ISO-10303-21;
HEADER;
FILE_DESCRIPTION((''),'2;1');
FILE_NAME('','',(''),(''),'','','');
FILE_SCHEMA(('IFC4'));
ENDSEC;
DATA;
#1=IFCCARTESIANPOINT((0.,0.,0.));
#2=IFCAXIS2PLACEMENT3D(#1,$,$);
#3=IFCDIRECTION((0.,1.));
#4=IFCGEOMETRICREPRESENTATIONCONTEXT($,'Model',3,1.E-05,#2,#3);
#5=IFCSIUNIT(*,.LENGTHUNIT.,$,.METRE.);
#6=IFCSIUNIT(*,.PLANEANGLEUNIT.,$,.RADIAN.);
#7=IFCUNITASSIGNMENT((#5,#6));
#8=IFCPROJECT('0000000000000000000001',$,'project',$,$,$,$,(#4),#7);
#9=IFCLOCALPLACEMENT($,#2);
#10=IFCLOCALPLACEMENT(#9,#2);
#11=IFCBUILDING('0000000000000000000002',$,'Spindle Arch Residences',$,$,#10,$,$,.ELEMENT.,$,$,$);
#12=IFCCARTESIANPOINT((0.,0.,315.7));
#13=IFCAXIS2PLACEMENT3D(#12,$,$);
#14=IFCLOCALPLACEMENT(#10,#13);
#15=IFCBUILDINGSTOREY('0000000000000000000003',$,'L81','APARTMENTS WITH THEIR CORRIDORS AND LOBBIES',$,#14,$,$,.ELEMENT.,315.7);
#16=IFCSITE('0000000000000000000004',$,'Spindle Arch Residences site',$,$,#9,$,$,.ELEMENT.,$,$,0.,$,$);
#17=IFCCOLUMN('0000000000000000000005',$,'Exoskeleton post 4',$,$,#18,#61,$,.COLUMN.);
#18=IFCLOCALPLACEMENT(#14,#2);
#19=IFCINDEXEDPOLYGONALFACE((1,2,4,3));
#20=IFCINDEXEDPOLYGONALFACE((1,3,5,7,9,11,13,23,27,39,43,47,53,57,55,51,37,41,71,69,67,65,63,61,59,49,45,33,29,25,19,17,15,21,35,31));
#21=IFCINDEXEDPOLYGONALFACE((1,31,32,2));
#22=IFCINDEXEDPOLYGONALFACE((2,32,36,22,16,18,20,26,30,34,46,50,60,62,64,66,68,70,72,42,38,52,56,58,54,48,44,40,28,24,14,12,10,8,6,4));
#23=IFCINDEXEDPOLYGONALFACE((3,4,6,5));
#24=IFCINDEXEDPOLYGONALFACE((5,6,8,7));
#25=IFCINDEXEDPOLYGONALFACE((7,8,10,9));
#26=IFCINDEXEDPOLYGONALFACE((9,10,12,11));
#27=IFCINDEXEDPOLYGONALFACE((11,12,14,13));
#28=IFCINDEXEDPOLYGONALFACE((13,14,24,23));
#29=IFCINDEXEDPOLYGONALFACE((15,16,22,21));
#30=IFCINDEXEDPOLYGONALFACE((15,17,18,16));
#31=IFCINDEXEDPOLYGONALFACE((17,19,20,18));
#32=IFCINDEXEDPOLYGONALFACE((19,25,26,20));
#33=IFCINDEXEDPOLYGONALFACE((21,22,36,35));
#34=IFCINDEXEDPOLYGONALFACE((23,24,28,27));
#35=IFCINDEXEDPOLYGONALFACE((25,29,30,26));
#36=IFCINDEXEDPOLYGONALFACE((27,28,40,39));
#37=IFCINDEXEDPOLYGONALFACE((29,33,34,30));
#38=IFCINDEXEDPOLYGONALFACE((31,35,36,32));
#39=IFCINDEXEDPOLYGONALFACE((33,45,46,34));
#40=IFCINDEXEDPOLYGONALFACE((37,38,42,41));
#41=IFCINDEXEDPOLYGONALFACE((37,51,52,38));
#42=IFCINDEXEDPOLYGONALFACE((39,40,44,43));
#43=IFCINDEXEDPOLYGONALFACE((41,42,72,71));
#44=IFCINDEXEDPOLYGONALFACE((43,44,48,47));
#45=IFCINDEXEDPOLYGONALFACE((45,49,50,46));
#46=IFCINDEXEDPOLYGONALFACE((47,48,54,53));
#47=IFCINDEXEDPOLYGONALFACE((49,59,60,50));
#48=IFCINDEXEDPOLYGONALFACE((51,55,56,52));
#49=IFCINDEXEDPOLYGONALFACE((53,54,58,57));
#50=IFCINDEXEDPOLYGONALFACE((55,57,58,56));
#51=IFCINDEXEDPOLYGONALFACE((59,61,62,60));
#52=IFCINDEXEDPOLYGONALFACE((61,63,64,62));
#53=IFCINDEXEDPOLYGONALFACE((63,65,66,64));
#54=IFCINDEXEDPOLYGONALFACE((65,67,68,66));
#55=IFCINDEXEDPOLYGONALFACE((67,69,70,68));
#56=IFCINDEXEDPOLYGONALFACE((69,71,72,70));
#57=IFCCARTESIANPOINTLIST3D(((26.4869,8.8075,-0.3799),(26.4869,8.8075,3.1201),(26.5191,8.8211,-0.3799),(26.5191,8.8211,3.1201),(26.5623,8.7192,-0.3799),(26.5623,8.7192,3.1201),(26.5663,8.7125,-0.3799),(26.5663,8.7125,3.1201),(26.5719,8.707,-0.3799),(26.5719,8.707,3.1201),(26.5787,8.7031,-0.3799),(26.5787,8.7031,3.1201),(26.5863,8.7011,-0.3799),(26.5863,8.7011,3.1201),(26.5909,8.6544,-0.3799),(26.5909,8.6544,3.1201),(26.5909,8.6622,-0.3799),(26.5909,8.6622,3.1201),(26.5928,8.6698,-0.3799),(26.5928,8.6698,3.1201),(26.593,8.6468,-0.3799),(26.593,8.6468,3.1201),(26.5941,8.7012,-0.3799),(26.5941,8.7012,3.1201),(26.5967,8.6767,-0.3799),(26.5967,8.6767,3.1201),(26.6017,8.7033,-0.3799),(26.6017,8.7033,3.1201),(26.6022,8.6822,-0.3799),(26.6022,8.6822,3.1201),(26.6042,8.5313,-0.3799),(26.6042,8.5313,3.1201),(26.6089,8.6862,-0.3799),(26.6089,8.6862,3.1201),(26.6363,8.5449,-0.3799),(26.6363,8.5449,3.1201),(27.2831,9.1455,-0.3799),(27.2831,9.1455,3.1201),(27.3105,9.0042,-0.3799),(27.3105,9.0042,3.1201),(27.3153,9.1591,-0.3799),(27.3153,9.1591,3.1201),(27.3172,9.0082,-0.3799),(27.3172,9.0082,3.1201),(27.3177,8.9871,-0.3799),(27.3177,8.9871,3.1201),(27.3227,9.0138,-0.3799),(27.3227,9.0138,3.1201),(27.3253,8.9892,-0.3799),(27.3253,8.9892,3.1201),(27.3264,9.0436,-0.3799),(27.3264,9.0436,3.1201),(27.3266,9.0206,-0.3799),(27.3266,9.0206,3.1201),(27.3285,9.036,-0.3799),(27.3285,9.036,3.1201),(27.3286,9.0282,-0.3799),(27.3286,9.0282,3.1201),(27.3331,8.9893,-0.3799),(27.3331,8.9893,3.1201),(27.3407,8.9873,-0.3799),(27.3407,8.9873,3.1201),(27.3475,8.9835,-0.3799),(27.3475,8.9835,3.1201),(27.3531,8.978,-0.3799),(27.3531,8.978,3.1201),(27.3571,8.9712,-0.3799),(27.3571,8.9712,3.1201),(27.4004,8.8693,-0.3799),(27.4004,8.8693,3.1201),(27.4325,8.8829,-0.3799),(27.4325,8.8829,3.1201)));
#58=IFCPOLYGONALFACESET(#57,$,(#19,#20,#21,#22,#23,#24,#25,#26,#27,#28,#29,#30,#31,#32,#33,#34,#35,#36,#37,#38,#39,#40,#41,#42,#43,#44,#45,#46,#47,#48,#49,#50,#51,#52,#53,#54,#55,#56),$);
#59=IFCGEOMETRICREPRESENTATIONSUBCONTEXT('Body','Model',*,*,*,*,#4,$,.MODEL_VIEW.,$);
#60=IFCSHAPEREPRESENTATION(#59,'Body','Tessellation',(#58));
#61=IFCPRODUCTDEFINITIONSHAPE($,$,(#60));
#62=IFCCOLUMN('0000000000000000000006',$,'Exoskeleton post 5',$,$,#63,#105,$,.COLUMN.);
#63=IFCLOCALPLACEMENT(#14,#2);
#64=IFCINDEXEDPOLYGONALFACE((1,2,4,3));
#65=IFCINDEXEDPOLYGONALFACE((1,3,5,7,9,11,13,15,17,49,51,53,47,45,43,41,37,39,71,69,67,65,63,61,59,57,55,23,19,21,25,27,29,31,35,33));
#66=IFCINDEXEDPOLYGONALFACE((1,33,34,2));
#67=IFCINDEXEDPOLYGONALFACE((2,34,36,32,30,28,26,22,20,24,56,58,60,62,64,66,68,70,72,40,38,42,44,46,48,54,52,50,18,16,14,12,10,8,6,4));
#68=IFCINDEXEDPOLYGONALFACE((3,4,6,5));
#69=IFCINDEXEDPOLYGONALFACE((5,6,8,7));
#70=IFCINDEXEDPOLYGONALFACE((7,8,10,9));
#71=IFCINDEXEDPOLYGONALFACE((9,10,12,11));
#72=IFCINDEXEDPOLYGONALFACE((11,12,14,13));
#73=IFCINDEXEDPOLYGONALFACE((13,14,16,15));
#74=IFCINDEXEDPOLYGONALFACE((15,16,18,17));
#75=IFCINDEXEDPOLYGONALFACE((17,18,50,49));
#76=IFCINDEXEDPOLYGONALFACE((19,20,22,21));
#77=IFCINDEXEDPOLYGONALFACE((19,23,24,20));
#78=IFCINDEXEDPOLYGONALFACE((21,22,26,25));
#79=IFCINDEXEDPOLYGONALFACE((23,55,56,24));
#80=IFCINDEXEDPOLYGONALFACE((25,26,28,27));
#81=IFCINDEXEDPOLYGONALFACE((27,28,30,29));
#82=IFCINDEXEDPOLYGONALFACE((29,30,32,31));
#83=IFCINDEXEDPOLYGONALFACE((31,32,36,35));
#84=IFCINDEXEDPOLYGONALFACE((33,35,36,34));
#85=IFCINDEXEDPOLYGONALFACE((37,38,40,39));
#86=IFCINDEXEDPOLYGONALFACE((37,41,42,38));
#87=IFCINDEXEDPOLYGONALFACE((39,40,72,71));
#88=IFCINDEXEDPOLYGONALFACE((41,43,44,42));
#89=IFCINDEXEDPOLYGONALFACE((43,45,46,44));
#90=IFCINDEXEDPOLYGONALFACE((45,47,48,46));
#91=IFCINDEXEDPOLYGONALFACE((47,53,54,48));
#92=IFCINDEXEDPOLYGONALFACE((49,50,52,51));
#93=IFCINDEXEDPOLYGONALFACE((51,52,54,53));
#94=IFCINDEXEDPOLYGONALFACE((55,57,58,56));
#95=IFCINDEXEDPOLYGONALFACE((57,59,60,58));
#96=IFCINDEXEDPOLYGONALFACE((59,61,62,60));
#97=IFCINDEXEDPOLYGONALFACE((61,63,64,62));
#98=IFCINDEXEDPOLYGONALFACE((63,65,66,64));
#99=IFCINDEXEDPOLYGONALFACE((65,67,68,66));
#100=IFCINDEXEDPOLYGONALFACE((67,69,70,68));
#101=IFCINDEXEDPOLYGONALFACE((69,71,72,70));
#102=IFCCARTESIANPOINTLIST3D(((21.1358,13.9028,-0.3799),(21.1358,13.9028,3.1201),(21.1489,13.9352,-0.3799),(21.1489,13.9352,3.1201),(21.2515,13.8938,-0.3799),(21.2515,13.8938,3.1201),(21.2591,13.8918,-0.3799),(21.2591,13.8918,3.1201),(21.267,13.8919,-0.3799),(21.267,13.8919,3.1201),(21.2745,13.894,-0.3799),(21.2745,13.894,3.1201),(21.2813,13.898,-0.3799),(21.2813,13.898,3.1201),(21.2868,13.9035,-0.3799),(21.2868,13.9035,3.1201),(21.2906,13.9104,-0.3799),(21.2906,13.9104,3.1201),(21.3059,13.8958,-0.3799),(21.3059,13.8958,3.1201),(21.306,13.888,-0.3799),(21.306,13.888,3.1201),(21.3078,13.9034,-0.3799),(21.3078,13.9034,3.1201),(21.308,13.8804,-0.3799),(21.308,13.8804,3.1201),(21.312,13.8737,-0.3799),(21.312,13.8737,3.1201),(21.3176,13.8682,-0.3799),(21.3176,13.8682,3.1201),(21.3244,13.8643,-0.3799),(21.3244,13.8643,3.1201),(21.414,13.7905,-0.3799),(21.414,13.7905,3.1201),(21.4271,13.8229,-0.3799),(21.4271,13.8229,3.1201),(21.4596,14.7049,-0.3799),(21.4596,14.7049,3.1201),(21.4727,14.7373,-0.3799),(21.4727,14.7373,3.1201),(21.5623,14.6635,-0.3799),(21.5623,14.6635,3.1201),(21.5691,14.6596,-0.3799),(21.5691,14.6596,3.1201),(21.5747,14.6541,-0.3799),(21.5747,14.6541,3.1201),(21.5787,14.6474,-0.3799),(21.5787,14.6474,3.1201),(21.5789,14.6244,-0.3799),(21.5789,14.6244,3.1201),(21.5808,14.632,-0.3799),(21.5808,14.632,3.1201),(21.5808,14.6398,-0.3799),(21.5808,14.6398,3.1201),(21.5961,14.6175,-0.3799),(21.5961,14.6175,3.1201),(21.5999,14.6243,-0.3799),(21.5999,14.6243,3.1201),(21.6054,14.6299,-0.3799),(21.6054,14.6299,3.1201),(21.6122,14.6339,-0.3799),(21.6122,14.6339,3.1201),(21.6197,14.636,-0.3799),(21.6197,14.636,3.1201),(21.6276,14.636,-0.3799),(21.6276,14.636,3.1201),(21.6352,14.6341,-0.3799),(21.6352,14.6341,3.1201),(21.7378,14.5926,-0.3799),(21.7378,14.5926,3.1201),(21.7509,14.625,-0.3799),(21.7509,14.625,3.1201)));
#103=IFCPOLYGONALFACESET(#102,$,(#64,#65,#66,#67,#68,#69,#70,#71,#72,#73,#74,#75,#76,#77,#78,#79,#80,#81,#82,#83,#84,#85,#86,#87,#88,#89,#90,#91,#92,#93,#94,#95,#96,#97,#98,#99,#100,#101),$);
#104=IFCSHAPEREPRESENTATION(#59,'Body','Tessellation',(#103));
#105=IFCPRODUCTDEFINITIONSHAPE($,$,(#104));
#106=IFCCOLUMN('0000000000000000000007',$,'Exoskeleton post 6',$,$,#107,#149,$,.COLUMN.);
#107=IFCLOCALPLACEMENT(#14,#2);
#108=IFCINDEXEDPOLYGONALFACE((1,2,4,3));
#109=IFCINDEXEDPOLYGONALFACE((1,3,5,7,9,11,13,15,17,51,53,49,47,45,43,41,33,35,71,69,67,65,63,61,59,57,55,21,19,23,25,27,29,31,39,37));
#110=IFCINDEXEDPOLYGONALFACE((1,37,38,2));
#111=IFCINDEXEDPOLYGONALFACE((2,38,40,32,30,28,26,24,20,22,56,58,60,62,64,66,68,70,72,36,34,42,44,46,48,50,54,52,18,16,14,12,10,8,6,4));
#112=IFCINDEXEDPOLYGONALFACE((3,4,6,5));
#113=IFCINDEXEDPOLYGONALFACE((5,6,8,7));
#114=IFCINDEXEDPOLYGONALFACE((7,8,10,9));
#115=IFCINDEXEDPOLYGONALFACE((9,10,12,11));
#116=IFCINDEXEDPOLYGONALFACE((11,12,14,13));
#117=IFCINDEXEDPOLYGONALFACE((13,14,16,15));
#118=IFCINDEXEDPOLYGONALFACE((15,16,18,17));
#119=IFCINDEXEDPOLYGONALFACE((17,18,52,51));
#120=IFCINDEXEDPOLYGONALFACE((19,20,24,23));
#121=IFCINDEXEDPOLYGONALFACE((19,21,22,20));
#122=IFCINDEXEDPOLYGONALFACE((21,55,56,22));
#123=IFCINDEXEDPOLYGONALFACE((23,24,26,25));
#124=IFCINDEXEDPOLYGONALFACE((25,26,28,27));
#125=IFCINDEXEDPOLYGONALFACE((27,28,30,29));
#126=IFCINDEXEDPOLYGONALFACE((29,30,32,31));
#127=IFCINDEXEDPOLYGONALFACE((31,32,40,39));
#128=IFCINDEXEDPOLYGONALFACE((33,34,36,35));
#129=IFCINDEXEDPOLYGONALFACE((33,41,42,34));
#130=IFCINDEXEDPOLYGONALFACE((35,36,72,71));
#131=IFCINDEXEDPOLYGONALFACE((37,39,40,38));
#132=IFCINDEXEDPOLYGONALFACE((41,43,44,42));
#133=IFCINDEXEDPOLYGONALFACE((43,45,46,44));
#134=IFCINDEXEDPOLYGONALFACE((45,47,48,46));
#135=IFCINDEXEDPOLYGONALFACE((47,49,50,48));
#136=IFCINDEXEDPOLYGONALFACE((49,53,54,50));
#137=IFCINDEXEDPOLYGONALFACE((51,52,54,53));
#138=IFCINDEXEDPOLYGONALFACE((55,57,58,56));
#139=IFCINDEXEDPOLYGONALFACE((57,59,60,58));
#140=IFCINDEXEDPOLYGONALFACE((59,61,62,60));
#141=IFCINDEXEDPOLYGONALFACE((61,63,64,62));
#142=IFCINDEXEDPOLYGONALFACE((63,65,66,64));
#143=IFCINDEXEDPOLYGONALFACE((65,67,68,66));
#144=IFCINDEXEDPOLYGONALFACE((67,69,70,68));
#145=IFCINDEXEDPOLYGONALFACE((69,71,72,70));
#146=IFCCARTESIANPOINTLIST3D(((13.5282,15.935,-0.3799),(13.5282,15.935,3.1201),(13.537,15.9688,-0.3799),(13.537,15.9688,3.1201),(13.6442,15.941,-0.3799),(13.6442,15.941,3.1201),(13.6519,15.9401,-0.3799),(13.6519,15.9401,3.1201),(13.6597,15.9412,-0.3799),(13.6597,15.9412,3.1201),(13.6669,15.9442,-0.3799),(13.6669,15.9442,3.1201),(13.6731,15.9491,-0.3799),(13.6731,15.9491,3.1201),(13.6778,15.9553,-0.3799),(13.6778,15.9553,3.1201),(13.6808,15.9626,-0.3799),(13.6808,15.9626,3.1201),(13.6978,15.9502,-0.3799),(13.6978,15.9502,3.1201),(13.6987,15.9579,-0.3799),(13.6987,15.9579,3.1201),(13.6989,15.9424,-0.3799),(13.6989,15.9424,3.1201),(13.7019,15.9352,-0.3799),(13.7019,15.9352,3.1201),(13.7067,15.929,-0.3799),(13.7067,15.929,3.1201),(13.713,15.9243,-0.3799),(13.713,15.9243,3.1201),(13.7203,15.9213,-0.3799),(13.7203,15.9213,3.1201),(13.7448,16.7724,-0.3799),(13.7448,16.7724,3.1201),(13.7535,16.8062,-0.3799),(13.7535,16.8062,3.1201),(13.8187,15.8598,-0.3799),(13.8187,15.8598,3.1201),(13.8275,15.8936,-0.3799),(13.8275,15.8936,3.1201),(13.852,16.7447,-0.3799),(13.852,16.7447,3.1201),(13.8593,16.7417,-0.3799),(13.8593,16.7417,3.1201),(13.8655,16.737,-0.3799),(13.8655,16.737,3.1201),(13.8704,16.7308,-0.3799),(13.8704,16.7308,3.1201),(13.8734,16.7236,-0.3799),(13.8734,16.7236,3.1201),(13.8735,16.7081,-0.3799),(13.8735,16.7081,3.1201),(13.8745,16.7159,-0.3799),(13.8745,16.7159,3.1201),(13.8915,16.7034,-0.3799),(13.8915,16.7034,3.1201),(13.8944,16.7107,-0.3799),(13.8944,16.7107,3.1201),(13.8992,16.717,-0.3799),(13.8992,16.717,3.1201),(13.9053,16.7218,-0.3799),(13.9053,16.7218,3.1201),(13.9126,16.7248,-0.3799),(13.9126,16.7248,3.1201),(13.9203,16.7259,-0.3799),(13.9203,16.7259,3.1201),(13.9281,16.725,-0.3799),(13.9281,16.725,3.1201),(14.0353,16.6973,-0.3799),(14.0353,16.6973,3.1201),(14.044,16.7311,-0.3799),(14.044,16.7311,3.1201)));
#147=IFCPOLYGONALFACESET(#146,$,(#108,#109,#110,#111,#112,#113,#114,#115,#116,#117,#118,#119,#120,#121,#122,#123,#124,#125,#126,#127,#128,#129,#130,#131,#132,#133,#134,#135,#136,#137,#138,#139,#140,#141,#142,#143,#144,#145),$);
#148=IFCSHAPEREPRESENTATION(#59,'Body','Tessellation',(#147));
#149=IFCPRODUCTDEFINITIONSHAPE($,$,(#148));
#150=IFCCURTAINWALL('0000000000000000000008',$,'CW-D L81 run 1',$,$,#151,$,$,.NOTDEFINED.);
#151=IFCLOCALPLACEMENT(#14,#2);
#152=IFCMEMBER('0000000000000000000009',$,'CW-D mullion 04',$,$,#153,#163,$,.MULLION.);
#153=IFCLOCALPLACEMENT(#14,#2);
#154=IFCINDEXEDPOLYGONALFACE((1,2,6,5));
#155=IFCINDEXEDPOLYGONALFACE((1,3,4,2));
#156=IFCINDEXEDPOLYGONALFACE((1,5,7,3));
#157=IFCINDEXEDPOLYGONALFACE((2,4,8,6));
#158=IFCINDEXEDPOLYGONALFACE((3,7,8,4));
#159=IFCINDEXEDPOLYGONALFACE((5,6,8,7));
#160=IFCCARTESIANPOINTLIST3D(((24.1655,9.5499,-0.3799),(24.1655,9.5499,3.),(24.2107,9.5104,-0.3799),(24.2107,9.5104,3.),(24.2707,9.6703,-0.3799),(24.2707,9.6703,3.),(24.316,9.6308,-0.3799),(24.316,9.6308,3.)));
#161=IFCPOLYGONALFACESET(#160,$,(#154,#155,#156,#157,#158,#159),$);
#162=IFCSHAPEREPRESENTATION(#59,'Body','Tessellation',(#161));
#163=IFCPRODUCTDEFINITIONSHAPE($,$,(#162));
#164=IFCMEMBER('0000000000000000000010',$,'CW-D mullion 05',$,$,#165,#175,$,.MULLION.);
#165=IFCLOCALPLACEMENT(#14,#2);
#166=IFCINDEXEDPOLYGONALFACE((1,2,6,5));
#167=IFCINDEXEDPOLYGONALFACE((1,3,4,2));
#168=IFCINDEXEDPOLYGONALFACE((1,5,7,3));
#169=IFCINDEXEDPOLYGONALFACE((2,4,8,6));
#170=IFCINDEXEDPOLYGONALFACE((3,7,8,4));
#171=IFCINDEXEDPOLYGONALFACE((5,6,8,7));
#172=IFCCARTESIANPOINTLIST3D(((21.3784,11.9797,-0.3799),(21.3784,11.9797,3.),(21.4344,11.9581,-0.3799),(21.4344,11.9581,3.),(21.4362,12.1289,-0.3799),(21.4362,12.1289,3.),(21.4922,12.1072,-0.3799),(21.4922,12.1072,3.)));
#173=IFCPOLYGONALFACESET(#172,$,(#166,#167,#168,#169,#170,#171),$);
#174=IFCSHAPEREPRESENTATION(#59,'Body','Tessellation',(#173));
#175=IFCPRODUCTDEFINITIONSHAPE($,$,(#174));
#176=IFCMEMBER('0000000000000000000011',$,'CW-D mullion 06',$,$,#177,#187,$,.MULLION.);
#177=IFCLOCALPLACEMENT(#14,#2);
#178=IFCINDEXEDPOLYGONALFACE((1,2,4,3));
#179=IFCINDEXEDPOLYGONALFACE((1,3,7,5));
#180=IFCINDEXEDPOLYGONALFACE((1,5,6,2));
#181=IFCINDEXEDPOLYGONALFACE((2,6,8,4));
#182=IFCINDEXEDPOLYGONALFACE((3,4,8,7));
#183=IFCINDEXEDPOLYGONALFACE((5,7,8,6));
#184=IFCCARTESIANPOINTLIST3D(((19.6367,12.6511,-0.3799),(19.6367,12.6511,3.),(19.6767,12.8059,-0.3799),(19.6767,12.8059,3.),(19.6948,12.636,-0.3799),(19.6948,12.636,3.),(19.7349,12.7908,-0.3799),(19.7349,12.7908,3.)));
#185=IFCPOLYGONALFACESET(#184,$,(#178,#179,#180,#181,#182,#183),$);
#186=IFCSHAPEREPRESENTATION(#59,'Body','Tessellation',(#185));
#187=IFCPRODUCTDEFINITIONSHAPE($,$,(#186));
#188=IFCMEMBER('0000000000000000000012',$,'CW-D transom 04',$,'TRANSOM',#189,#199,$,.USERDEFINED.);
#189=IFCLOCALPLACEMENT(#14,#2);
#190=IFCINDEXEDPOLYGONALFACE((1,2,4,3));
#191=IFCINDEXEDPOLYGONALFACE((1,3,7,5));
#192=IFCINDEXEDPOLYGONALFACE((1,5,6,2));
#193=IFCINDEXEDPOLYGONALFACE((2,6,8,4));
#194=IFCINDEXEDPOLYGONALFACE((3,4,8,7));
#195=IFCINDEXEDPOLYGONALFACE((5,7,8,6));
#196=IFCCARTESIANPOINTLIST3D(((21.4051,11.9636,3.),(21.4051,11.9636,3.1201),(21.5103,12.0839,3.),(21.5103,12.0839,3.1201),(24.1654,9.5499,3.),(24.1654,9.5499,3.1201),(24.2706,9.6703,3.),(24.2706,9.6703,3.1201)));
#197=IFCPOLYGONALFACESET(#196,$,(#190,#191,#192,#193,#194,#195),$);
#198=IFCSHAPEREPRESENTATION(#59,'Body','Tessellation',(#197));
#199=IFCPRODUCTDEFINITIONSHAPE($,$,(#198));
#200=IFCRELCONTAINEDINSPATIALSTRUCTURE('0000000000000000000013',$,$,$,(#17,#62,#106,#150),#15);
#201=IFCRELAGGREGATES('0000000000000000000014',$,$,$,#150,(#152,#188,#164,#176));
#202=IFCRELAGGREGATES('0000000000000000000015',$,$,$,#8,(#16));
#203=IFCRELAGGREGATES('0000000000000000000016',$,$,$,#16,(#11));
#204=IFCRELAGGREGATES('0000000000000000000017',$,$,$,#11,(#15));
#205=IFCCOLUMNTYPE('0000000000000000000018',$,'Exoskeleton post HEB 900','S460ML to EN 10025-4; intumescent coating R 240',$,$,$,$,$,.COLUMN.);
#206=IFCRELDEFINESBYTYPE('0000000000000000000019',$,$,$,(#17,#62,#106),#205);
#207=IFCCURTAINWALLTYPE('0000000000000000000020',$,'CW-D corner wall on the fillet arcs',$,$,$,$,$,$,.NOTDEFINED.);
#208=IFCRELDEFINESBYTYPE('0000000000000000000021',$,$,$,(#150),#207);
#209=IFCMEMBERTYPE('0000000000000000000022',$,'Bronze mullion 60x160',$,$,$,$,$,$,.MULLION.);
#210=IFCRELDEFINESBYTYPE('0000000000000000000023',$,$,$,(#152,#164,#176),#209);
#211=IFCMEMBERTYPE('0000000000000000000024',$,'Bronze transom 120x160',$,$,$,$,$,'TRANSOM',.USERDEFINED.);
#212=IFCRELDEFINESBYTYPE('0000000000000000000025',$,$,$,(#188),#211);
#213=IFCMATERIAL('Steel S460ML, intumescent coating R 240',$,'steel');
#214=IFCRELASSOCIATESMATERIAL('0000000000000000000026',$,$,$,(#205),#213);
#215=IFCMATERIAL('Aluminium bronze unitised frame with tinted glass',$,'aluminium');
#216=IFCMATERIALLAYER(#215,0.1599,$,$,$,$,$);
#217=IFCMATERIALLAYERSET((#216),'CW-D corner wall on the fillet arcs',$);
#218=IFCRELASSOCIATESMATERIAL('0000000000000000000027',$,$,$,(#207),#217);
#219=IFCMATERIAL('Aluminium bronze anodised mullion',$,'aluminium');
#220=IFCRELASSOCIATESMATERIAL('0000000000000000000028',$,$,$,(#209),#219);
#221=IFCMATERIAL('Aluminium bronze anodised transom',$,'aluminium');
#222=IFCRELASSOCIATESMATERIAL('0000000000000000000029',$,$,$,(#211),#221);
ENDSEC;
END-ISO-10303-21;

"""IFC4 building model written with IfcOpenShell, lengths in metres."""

from ifc_helpers import new_model, si_unit, direction, frame, origin, origin_2d, place, context, subcontext, project, spatial, rectangle, i_section, extrude, material, layer, layer_set, material_profile, profile_set, type_object, element, aggregate, save


model = new_model("IFC4")

# Units and contexts
model_context = context("Model", 3, precision=1e-05, world=origin(), true_north=direction((0.0, 1.0)))
body_context = subcontext(model_context, "Body", "Model", "MODEL_VIEW")
ifc_project = project(units=[si_unit("LENGTHUNIT", "METRE"), si_unit("PLANEANGLEUNIT", "RADIAN")], contexts=[model_context])

# Site, building, storey
site_placement = place(None, origin())
site = spatial("IfcSite", under=ifc_project, at=site_placement, Name="Spindle Arch Residences site", CompositionType="ELEMENT", RefElevation=0.0)
building_placement = place(site_placement, origin())
building = spatial("IfcBuilding", under=site, at=building_placement, Name="Spindle Arch Residences", CompositionType="ELEMENT")
storey_placement = place(building_placement, frame((0.0, 0.0, 315.7)))
storey = spatial("IfcBuildingStorey", under=building, at=storey_placement, Name="L81", Description="APARTMENTS WITH THEIR CORRIDORS AND LOBBIES", CompositionType="ELEMENT", Elevation=315.7)

# Columns
ifc_material_1 = material(Name="Steel S460ML, intumescent coating R 240", Category="steel")
ifc_material_profile_1 = material_profile(ifc_material_1, i_section(OverallWidth=0.3, OverallDepth=0.8999, WebThickness=0.0186, FlangeThickness=0.0349, FilletRadius=0.03, at=origin_2d()), Name="HEB 900")
ifc_profile_set_1 = profile_set([ifc_material_profile_1], Name="Steel S460ML, intumescent coating R 240")
column_type = type_object("IfcColumnType", Name="Exoskeleton post HEB 900", Description="S460ML to EN 10025-4; intumescent coating R 240", PredefinedType="COLUMN", material=ifc_profile_set_1)
for number, where, z_axis, x_axis, name in (
    (1, (26.9597, 8.8452, -0.3799), (0.0, 0.0, 1.0), (0.39077, -0.920488, 0.0), "Exoskeleton post 4"),
    (2, (21.4434, 14.2639, -0.3799), (0.0, 0.0, 1.0), (0.927295, -0.374332, 0.0), "Exoskeleton post 5"),
    (3, (13.7861, 16.333, -0.3799), (0.0, 0.0, 1.0), (0.968148, -0.25038, 0.0), "Exoskeleton post 6"),
):
    element("IfcColumn", number, at=place(storey_placement, frame(where, z_axis=z_axis, x_axis=x_axis)), inside=storey, type_object=column_type, Name=name, PredefinedType="COLUMN", context=body_context, shape_type="SweptSolid", body=[
        extrude(i_section(OverallWidth=0.3, OverallDepth=0.8999, WebThickness=0.0186, FlangeThickness=0.0349, FilletRadius=0.03, at=origin_2d()), origin(), (0.0, 0.0, 1.0), 3.5),
    ])

# Curtain wall, members
ifc_material_2 = material(Name="Aluminium bronze unitised frame with tinted glass", Category="aluminium")
ifc_layer_1 = layer(ifc_material_2, 0.1599)
ifc_layer_set_1 = layer_set([ifc_layer_1], Name="CW-D corner wall on the fillet arcs")
curtain_wall_type = type_object("IfcCurtainWallType", Name="CW-D corner wall on the fillet arcs", PredefinedType="NOTDEFINED", material=ifc_layer_set_1)
curtain_wall_placement = place(storey_placement, origin())
curtain_wall = element("IfcCurtainWall", 4, at=curtain_wall_placement, inside=storey, type_object=curtain_wall_type, Name="CW-D L81 run 1", PredefinedType="NOTDEFINED")
ifc_material_3 = material(Name="Aluminium bronze anodised mullion", Category="aluminium")
ifc_material_profile_2 = material_profile(ifc_material_3, rectangle(XDim=0.1599, YDim=0.0601, at=origin_2d()), Name="MU 60x160")
ifc_profile_set_2 = profile_set([ifc_material_profile_2], Name="Aluminium bronze anodised mullion")
member_type_1 = type_object("IfcMemberType", Name="Bronze mullion 60x160", PredefinedType="MULLION", material=ifc_profile_set_2)
member_1_placement = place(storey_placement, frame((24.2407, 9.5903, -0.3799), z_axis=(0.0, 0.0, 1.0), x_axis=(-0.658252, -0.752798, 0.0)))
member_1 = element("IfcMember", 5, at=member_1_placement, type_object=member_type_1, Name="CW-D mullion 04", PredefinedType="MULLION", context=body_context, shape_type="SweptSolid", body=[
    extrude(rectangle(XDim=0.1599, YDim=0.0601, at=origin_2d()), origin(), (0.0, 0.0, 1.0), 3.3799),
])
member_2_placement = place(storey_placement, frame((21.4353, 12.0435, -0.3799), z_axis=(0.0, 0.0, 1.0), x_axis=(-0.361082, -0.932534, 0.0)))
member_2 = element("IfcMember", 6, at=member_2_placement, type_object=member_type_1, Name="CW-D mullion 05", PredefinedType="MULLION", context=body_context, shape_type="SweptSolid", body=[
    extrude(rectangle(XDim=0.1599, YDim=0.0601, at=origin_2d()), origin(), (0.0, 0.0, 1.0), 3.3799),
])
member_3_placement = place(storey_placement, frame((19.6858, 12.7209, -0.3799), z_axis=(0.0, 0.0, 1.0), x_axis=(-0.25038, -0.968148, 0.0)))
member_3 = element("IfcMember", 7, at=member_3_placement, type_object=member_type_1, Name="CW-D mullion 06", PredefinedType="MULLION", context=body_context, shape_type="SweptSolid", body=[
    extrude(rectangle(XDim=0.1599, YDim=0.0601, at=origin_2d()), origin(), (0.0, 0.0, 1.0), 3.3799),
])
ifc_material_4 = material(Name="Aluminium bronze anodised transom", Category="aluminium")
ifc_material_profile_3 = material_profile(ifc_material_4, rectangle(XDim=0.1599, YDim=0.1201, at=origin_2d()), Name="TR 120x160")
ifc_profile_set_3 = profile_set([ifc_material_profile_3], Name="Aluminium bronze anodised transom")
member_type_2 = type_object("IfcMemberType", Name="Bronze transom 120x160", ElementType="TRANSOM", PredefinedType="USERDEFINED", material=ifc_profile_set_3)
member_4_placement = place(storey_placement, frame((24.218, 9.6101, 3.0601), z_axis=(-0.752799, 0.65825, 0.0), x_axis=(-0.65825, -0.752799, 0.0)))
member_4 = element("IfcMember", 8, at=member_4_placement, type_object=member_type_2, Name="CW-D transom 04", ObjectType="TRANSOM", PredefinedType="USERDEFINED", context=body_context, shape_type="SweptSolid", body=[
    extrude(rectangle(XDim=0.1599, YDim=0.1201, at=origin_2d()), origin(), (0.0, 0.0, 1.0), 3.6667),
])

aggregate(curtain_wall, [member_1, member_4, member_2, member_3])

save(model, "model.ifc")
